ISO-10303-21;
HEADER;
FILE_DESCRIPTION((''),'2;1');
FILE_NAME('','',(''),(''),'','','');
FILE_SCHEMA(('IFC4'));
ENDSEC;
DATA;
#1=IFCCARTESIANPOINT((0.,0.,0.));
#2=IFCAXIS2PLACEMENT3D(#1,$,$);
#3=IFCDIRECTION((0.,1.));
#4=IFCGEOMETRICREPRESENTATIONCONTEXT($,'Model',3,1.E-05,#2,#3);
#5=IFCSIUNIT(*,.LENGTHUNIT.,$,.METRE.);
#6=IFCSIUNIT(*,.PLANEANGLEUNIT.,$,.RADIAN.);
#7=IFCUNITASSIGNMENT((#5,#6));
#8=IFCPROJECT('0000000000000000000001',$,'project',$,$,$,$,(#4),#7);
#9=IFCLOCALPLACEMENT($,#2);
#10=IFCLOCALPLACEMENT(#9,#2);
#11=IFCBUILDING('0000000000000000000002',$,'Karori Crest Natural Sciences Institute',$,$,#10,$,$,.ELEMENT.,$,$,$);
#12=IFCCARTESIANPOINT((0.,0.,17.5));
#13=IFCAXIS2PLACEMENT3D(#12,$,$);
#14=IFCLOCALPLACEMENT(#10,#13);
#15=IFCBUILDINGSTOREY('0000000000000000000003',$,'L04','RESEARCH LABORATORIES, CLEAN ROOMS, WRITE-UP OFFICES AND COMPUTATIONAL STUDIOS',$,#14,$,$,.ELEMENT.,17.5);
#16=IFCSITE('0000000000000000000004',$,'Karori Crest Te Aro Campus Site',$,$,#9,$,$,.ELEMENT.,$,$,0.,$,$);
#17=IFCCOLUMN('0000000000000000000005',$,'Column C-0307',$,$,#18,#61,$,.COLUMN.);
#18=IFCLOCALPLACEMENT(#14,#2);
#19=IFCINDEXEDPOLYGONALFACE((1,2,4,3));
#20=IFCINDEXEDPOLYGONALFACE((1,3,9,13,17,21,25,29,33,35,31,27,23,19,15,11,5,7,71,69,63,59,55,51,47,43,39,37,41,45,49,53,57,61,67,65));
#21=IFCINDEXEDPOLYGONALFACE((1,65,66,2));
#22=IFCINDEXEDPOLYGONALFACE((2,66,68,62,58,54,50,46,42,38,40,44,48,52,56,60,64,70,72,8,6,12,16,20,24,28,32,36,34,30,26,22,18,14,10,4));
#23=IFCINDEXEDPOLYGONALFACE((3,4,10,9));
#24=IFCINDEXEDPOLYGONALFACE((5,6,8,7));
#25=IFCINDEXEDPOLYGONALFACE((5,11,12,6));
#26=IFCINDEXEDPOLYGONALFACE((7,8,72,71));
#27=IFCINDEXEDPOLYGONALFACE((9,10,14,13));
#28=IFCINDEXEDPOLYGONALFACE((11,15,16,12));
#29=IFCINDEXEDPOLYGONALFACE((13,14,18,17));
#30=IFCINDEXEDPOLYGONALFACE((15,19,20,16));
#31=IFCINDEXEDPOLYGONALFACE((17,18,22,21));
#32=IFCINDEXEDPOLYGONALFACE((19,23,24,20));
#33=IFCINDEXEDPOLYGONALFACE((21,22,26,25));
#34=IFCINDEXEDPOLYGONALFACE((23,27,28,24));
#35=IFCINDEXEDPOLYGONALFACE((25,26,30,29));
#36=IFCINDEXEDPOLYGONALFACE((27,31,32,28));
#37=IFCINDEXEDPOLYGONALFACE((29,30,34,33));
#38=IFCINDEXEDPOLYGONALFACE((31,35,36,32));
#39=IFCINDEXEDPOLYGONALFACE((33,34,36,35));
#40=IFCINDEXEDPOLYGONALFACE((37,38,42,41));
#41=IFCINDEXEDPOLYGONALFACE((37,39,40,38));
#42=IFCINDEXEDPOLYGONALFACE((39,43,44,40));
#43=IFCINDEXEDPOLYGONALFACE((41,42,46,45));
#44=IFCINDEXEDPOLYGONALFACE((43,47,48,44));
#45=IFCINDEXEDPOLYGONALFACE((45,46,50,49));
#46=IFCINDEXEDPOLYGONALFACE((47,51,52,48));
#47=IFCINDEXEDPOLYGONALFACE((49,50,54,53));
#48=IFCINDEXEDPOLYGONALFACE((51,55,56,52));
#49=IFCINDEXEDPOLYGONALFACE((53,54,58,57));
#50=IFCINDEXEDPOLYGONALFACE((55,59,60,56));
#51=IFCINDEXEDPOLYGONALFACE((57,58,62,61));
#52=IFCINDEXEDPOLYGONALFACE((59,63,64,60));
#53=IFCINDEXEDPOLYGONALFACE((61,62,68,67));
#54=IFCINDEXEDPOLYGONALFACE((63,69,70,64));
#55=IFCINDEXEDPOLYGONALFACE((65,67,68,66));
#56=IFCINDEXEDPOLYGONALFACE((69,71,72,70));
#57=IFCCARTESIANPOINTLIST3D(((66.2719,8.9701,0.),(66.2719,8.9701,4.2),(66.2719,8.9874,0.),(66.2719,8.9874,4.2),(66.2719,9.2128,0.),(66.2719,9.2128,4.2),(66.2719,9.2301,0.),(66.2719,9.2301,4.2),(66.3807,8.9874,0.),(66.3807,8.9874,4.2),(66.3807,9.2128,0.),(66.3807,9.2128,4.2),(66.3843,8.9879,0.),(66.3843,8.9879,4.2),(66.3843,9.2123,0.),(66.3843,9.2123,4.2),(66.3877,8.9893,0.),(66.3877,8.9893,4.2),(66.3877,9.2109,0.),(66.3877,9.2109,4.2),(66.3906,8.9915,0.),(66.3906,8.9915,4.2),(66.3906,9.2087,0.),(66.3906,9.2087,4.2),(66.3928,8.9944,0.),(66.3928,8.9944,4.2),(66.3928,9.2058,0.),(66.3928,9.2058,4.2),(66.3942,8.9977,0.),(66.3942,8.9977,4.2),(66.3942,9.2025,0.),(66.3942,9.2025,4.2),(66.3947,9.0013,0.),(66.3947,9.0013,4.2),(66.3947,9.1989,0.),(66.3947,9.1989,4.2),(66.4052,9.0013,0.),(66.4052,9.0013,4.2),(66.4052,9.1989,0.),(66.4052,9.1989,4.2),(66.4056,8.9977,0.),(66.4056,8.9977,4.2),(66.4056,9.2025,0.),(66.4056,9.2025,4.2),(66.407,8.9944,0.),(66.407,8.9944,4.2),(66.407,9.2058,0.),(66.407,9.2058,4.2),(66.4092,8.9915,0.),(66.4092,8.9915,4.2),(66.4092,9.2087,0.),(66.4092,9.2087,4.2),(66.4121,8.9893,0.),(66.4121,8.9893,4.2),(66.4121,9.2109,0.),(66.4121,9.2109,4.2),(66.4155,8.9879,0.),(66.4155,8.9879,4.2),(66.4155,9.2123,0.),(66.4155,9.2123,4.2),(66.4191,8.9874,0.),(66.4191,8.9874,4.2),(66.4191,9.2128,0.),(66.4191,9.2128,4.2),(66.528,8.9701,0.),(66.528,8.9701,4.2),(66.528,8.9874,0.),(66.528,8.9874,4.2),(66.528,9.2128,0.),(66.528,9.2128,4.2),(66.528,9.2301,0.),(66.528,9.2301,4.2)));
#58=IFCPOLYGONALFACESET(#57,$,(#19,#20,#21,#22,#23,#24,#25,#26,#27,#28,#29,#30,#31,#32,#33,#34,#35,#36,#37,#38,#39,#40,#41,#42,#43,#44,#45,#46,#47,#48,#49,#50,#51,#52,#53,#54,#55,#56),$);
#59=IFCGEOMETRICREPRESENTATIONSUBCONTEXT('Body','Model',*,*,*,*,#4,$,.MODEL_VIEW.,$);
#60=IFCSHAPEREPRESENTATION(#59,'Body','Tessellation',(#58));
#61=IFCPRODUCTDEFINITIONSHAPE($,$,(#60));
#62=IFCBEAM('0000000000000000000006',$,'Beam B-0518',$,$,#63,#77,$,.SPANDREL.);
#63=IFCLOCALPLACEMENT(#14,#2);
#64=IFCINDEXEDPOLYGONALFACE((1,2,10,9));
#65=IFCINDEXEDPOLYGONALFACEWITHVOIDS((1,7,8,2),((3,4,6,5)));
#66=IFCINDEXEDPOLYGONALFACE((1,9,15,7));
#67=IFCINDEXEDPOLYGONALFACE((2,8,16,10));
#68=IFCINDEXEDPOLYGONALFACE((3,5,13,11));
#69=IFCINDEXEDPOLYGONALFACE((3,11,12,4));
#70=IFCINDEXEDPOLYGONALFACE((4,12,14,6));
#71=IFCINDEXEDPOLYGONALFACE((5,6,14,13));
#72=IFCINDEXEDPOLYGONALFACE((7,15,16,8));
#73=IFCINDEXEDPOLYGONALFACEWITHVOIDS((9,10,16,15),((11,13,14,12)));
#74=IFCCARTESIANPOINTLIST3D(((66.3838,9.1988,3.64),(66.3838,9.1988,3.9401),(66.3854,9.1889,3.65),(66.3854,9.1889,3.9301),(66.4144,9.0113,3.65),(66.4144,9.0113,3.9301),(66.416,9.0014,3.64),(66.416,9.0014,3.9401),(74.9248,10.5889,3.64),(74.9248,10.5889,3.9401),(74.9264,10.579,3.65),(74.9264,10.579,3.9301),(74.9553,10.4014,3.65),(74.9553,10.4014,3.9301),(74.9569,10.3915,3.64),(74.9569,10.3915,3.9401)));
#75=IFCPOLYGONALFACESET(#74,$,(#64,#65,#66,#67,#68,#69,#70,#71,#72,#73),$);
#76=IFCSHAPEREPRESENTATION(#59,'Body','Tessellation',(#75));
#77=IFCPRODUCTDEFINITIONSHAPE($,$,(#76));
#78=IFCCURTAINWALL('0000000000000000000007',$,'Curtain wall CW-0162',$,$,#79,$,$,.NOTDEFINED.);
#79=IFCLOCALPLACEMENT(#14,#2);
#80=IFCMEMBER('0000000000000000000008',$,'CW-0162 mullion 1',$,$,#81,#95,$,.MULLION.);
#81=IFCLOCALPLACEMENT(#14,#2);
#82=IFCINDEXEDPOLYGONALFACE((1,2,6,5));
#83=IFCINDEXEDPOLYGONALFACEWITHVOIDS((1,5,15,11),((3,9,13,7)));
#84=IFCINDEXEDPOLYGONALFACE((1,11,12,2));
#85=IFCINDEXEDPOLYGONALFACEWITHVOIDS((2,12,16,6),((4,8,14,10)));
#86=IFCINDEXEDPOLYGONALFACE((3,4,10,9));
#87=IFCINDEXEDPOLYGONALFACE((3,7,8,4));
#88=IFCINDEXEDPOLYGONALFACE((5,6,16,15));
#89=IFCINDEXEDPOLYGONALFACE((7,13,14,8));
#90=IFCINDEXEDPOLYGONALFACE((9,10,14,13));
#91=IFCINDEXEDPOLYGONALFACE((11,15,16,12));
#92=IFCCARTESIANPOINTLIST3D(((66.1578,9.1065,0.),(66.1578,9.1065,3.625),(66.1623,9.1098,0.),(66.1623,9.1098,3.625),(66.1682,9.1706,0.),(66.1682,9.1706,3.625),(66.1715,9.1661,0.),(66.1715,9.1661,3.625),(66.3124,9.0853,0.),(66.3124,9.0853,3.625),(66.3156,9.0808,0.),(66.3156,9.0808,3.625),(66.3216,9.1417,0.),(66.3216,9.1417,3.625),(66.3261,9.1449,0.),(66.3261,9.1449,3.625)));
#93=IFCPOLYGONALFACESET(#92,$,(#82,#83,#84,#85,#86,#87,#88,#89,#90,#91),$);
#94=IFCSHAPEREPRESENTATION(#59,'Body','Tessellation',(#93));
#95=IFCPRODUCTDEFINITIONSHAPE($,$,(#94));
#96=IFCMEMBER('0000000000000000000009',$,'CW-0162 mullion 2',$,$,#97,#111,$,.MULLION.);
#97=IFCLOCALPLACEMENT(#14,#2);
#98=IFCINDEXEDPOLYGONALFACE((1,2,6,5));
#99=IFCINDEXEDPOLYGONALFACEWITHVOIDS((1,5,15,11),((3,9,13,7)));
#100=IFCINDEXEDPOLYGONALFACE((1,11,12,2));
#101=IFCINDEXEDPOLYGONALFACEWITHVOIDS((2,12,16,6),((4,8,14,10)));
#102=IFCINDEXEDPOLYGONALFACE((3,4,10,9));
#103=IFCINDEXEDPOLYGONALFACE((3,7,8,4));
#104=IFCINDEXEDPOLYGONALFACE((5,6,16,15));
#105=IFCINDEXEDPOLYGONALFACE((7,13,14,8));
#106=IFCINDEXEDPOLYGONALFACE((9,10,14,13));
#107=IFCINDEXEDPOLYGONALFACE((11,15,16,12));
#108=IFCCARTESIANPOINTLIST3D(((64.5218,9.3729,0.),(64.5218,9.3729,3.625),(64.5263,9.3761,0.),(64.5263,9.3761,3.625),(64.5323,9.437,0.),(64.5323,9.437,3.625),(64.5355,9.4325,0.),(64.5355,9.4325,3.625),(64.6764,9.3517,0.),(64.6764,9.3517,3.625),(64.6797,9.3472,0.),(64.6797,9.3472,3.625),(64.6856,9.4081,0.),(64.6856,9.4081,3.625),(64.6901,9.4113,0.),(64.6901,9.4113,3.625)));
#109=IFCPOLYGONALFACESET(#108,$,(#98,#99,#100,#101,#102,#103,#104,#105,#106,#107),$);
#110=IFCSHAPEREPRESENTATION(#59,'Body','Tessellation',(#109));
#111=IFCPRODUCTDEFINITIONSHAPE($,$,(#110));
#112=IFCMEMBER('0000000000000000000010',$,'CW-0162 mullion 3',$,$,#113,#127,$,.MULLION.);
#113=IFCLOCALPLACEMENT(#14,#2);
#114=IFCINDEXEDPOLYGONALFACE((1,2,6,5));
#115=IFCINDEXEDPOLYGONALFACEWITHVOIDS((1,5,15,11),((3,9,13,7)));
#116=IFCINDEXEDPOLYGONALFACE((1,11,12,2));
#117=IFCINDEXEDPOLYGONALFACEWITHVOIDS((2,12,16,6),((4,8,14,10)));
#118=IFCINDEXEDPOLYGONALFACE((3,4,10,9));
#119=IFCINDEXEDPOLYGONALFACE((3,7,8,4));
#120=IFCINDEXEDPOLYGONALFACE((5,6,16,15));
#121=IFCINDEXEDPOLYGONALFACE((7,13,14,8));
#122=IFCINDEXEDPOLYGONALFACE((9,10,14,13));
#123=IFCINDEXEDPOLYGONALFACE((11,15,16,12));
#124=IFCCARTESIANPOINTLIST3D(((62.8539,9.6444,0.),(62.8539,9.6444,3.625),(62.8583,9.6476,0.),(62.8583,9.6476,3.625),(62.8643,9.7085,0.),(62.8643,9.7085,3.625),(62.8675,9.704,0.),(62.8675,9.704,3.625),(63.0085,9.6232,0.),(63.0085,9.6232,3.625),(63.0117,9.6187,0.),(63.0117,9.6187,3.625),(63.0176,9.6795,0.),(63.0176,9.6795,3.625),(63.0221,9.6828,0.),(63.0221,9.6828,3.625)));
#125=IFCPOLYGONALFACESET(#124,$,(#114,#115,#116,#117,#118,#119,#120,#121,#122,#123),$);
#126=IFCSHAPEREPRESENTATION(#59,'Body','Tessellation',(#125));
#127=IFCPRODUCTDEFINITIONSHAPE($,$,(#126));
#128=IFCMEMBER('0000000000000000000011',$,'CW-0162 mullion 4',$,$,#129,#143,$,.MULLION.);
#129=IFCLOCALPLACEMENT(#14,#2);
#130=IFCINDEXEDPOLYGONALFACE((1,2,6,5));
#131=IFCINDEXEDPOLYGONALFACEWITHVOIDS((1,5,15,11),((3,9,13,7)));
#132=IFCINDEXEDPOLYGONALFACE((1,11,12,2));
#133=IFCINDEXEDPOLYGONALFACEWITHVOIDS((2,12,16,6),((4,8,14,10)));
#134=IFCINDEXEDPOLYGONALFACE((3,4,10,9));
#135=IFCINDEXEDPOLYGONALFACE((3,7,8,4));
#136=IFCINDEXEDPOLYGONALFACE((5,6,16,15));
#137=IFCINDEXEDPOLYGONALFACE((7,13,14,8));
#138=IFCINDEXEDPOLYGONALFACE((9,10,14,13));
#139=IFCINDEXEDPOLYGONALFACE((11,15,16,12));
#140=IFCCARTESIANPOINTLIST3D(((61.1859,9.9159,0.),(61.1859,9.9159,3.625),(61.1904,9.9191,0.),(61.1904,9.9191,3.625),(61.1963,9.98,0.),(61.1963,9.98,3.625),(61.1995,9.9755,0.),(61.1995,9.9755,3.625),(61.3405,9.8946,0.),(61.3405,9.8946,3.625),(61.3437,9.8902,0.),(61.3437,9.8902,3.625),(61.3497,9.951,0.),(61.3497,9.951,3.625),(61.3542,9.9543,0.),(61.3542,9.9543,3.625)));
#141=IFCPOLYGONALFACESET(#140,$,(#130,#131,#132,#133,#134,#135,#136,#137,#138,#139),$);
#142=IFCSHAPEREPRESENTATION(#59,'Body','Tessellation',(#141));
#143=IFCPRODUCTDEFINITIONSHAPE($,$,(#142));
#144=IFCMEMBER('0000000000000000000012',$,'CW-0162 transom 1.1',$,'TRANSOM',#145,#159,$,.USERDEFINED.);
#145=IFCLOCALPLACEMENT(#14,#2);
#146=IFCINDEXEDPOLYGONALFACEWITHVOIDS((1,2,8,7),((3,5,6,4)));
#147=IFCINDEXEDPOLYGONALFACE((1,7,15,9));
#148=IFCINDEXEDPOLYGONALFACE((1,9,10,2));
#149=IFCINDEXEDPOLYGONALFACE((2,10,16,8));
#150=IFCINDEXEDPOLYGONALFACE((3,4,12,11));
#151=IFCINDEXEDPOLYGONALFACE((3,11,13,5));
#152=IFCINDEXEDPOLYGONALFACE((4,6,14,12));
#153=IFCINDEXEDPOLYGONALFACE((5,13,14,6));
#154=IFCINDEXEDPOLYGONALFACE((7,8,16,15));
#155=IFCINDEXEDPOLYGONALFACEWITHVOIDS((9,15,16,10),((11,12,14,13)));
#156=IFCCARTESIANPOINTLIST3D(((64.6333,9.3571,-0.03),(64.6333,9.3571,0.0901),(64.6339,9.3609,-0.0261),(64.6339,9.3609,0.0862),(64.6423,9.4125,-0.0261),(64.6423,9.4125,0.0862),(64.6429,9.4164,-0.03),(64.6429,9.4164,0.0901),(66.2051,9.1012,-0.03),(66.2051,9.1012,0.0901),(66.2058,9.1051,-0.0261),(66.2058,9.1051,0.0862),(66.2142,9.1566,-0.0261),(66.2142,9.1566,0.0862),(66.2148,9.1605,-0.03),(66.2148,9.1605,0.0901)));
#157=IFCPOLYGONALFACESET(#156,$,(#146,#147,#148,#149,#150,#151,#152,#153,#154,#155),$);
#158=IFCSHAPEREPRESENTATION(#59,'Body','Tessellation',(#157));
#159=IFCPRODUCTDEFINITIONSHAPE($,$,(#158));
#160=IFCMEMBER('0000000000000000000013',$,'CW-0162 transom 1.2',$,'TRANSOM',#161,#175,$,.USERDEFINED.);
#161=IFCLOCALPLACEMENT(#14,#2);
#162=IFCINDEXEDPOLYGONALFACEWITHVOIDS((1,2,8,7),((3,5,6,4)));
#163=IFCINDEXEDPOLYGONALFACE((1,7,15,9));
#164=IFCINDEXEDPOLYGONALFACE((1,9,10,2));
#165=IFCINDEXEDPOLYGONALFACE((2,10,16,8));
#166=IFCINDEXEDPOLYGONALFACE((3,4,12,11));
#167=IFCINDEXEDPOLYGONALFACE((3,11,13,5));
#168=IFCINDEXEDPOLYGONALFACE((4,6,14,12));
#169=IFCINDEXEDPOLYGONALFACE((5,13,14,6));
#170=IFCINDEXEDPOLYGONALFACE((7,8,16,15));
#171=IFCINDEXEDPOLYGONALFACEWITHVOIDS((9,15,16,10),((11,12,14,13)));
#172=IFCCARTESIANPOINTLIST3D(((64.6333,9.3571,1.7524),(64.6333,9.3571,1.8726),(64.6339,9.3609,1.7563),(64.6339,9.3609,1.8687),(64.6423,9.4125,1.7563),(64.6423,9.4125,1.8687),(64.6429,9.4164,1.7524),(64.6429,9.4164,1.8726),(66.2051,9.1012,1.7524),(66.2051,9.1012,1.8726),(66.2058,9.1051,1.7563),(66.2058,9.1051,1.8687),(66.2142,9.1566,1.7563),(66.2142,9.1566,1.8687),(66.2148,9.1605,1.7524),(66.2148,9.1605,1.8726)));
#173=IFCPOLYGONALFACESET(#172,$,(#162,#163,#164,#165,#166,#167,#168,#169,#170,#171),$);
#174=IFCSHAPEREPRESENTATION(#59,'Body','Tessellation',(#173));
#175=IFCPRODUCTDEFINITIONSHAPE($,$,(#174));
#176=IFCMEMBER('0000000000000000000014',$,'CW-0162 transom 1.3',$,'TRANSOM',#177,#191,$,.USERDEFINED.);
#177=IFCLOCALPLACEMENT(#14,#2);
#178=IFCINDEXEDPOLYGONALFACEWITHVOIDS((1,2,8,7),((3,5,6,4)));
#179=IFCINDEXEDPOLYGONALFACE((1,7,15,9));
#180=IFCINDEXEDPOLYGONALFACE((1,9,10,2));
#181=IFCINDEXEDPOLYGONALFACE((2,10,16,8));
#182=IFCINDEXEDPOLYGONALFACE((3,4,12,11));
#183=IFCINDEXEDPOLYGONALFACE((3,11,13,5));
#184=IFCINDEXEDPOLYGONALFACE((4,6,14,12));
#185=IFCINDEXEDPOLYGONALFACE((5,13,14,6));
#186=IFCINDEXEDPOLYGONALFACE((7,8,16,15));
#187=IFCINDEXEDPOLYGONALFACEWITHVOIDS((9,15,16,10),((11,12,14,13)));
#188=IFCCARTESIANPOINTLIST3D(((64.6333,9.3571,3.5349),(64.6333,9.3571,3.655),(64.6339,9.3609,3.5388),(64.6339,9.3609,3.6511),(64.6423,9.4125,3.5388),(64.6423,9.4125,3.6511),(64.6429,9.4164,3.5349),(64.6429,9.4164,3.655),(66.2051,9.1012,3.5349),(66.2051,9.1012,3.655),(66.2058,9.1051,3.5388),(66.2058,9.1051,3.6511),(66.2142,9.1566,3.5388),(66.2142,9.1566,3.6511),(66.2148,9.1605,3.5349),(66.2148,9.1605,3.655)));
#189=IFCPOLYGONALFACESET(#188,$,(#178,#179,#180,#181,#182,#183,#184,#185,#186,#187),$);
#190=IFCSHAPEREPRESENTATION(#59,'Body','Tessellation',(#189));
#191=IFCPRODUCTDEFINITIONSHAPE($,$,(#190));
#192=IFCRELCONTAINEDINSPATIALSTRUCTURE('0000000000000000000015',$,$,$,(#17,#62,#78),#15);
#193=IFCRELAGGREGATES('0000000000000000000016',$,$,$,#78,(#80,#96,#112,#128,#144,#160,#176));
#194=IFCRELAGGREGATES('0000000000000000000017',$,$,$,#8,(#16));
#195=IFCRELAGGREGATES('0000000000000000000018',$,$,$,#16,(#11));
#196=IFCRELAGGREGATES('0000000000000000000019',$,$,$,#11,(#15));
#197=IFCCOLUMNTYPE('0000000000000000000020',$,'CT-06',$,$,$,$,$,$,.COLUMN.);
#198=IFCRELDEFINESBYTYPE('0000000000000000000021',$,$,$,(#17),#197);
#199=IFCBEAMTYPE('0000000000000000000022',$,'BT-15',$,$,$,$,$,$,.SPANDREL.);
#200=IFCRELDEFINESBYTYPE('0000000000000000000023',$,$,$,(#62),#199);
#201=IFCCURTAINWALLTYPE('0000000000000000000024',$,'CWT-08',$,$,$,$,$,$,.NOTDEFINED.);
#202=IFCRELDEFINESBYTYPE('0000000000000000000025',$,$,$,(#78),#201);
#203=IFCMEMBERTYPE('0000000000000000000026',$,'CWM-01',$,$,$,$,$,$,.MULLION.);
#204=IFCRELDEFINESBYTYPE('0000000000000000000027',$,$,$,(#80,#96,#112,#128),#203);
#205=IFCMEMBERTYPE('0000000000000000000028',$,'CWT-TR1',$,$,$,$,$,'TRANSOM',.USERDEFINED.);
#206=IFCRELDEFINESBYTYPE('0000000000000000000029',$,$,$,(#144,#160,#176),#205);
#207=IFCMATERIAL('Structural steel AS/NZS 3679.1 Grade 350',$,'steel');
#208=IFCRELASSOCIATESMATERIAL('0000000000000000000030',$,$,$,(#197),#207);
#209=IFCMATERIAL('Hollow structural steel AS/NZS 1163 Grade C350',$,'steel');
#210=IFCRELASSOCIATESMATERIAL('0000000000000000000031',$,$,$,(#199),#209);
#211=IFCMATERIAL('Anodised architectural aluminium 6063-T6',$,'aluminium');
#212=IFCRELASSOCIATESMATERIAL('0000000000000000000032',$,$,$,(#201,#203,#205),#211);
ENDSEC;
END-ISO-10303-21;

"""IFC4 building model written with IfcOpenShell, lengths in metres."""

from ifc_helpers import new_model, si_unit, direction, frame, origin, origin_2d, place, context, subcontext, project, spatial, hollow_rectangle, i_section, extrude, material, material_profile, profile_set, type_object, element, aggregate, save


model = new_model("IFC4")

# Units and contexts
model_context = context("Model", 3, precision=1e-05, world=origin(), true_north=direction((0.0, 1.0)))
body_context = subcontext(model_context, "Body", "Model", "MODEL_VIEW")
ifc_project = project(units=[si_unit("LENGTHUNIT", "METRE"), si_unit("PLANEANGLEUNIT", "RADIAN")], contexts=[model_context])

# Site, building, storey
site_placement = place(None, origin())
site = spatial("IfcSite", under=ifc_project, at=site_placement, Name="Karori Crest Te Aro Campus Site", CompositionType="ELEMENT", RefElevation=0.0)
building_placement = place(site_placement, origin())
building = spatial("IfcBuilding", under=site, at=building_placement, Name="Karori Crest Natural Sciences Institute", CompositionType="ELEMENT")
storey_placement = place(building_placement, frame((0.0, 0.0, 17.5)))
storey = spatial("IfcBuildingStorey", under=building, at=storey_placement, Name="L04", Description="RESEARCH LABORATORIES, CLEAN ROOMS, WRITE-UP OFFICES AND COMPUTATIONAL STUDIOS", CompositionType="ELEMENT", Elevation=17.5)

# Column
ifc_material_1 = material(Name="Structural steel AS/NZS 3679.1 Grade 350", Category="steel")
ifc_material_profile_1 = material_profile(ifc_material_1, i_section(OverallWidth=0.2561, OverallDepth=0.26, WebThickness=0.0105, FlangeThickness=0.0173, FilletRadius=0.0139, at=origin_2d()), Name="250UC89.5")
ifc_profile_set_1 = profile_set([ifc_material_profile_1], Name="Structural steel AS/NZS 3679.1 Grade 350")
column_type = type_object("IfcColumnType", Name="CT-06", PredefinedType="COLUMN", material=ifc_profile_set_1)
column_placement = place(storey_placement, frame((66.3999, 9.1001, 0.0), z_axis=(0.0, 0.0, 1.0), x_axis=(1.0, 0.0, 0.0)))
element("IfcColumn", 1, at=column_placement, inside=storey, type_object=column_type, Name="Column C-0307", PredefinedType="COLUMN", context=body_context, shape_type="SweptSolid", body=[
    extrude(i_section(OverallWidth=0.2561, OverallDepth=0.26, WebThickness=0.0105, FlangeThickness=0.0173, FilletRadius=0.0139, at=origin_2d()), origin(), (0.0, 0.0, 1.0), 4.2),
])

# Beam
ifc_material_2 = material(Name="Hollow structural steel AS/NZS 1163 Grade C350", Category="steel")
ifc_material_profile_2 = material_profile(ifc_material_2, hollow_rectangle(XDim=0.2, YDim=0.3, WallThickness=0.01, at=origin_2d()), Name="RHS300x200x10")
ifc_profile_set_2 = profile_set([ifc_material_profile_2], Name="Hollow structural steel AS/NZS 1163 Grade C350")
beam_type = type_object("IfcBeamType", Name="BT-15", PredefinedType="SPANDREL", material=ifc_profile_set_2)
beam_placement = place(storey_placement, frame((66.3999, 9.1001, 3.79), z_axis=(0.987012, 0.160646, 0.0), x_axis=(-0.160646, 0.987012, 0.0)))
element("IfcBeam", 2, at=beam_placement, inside=storey, type_object=beam_type, Name="Beam B-0518", PredefinedType="SPANDREL", context=body_context, shape_type="SweptSolid", body=[
    extrude(hollow_rectangle(XDim=0.2, YDim=0.3, WallThickness=0.01, at=origin_2d()), origin(), (0.0, 0.0, 1.0), 8.6533),
])

# Curtain wall, members
ifc_material_3 = material(Name="Anodised architectural aluminium 6063-T6", Category="aluminium")
curtain_wall_type = type_object("IfcCurtainWallType", Name="CWT-08", PredefinedType="NOTDEFINED", material=ifc_material_3)
curtain_wall_placement = place(storey_placement, origin())
curtain_wall = element("IfcCurtainWall", 3, at=curtain_wall_placement, inside=storey, type_object=curtain_wall_type, Name="Curtain wall CW-0162", PredefinedType="NOTDEFINED")
ifc_material_profile_3 = material_profile(ifc_material_3, hollow_rectangle(XDim=0.0649, YDim=0.1599, WallThickness=0.0039, at=origin_2d()), Name="CWM160x65x4")
ifc_profile_set_3 = profile_set([ifc_material_profile_3], Name="Anodised architectural aluminium 6063-T6")
member_type_1 = type_object("IfcMemberType", Name="CWM-01", PredefinedType="MULLION", material=ifc_profile_set_3)
member_1_placement = place(storey_placement, frame((66.2419, 9.1257, 0.0), z_axis=(0.0, 0.0, 1.0), x_axis=(-0.160655, -0.987011, 0.0)))
member_1 = element("IfcMember", 4, at=member_1_placement, type_object=member_type_1, Name="CW-0162 mullion 1", PredefinedType="MULLION", context=body_context, shape_type="SweptSolid", body=[
    extrude(hollow_rectangle(XDim=0.0649, YDim=0.1599, WallThickness=0.0039, at=origin_2d()), origin(), (0.0, 0.0, 1.0), 3.625),
])
member_2_placement = place(storey_placement, frame((64.606, 9.3921, 0.0), z_axis=(0.0, 0.0, 1.0), x_axis=(-0.160655, -0.987011, 0.0)))
member_2 = element("IfcMember", 5, at=member_2_placement, type_object=member_type_1, Name="CW-0162 mullion 2", PredefinedType="MULLION", context=body_context, shape_type="SweptSolid", body=[
    extrude(hollow_rectangle(XDim=0.0649, YDim=0.1599, WallThickness=0.0039, at=origin_2d()), origin(), (0.0, 0.0, 1.0), 3.625),
])
member_3_placement = place(storey_placement, frame((62.938, 9.6636, 0.0), z_axis=(0.0, 0.0, 1.0), x_axis=(-0.160655, -0.987011, 0.0)))
member_3 = element("IfcMember", 6, at=member_3_placement, type_object=member_type_1, Name="CW-0162 mullion 3", PredefinedType="MULLION", context=body_context, shape_type="SweptSolid", body=[
    extrude(hollow_rectangle(XDim=0.0649, YDim=0.1599, WallThickness=0.0039, at=origin_2d()), origin(), (0.0, 0.0, 1.0), 3.625),
])
member_4_placement = place(storey_placement, frame((61.27, 9.9351, 0.0), z_axis=(0.0, 0.0, 1.0), x_axis=(-0.160655, -0.987011, 0.0)))
member_4 = element("IfcMember", 7, at=member_4_placement, type_object=member_type_1, Name="CW-0162 mullion 4", PredefinedType="MULLION", context=body_context, shape_type="SweptSolid", body=[
    extrude(hollow_rectangle(XDim=0.0649, YDim=0.1599, WallThickness=0.0039, at=origin_2d()), origin(), (0.0, 0.0, 1.0), 3.625),
])
ifc_material_profile_4 = material_profile(ifc_material_3, hollow_rectangle(XDim=0.0601, YDim=0.1201, WallThickness=0.0039, at=origin_2d()), Name="CWT120x60x4")
ifc_profile_set_4 = profile_set([ifc_material_profile_4], Name="Anodised architectural aluminium 6063-T6")
member_type_2 = type_object("IfcMemberType", Name="CWT-TR1", ElementType="TRANSOM", PredefinedType="USERDEFINED", material=ifc_profile_set_4)
member_5_placement = place(storey_placement, frame((66.21, 9.1309, 0.03), z_axis=(-0.987008, 0.160669, 0.0), x_axis=(-0.160669, -0.987008, 0.0)))
member_5 = element("IfcMember", 8, at=member_5_placement, type_object=member_type_2, Name="CW-0162 transom 1.1", ObjectType="TRANSOM", PredefinedType="USERDEFINED", context=body_context, shape_type="SweptSolid", body=[
    extrude(hollow_rectangle(XDim=0.0601, YDim=0.1201, WallThickness=0.0039, at=origin_2d()), origin(), (0.0, 0.0, 1.0), 1.5925),
])
member_6_placement = place(storey_placement, frame((66.21, 9.1309, 1.8125), z_axis=(-0.987008, 0.160669, 0.0), x_axis=(-0.160669, -0.987008, 0.0)))
member_6 = element("IfcMember", 9, at=member_6_placement, type_object=member_type_2, Name="CW-0162 transom 1.2", ObjectType="TRANSOM", PredefinedType="USERDEFINED", context=body_context, shape_type="SweptSolid", body=[
    extrude(hollow_rectangle(XDim=0.0601, YDim=0.1201, WallThickness=0.0039, at=origin_2d()), origin(), (0.0, 0.0, 1.0), 1.5925),
])
member_7_placement = place(storey_placement, frame((66.21, 9.1309, 3.595), z_axis=(-0.987008, 0.160669, 0.0), x_axis=(-0.160669, -0.987008, 0.0)))
member_7 = element("IfcMember", 10, at=member_7_placement, type_object=member_type_2, Name="CW-0162 transom 1.3", ObjectType="TRANSOM", PredefinedType="USERDEFINED", context=body_context, shape_type="SweptSolid", body=[
    extrude(hollow_rectangle(XDim=0.0601, YDim=0.1201, WallThickness=0.0039, at=origin_2d()), origin(), (0.0, 0.0, 1.0), 1.5925),
])
aggregate(curtain_wall, [member_1, member_2, member_3, member_4, member_5, member_6, member_7])

save(model, "model.ifc")
